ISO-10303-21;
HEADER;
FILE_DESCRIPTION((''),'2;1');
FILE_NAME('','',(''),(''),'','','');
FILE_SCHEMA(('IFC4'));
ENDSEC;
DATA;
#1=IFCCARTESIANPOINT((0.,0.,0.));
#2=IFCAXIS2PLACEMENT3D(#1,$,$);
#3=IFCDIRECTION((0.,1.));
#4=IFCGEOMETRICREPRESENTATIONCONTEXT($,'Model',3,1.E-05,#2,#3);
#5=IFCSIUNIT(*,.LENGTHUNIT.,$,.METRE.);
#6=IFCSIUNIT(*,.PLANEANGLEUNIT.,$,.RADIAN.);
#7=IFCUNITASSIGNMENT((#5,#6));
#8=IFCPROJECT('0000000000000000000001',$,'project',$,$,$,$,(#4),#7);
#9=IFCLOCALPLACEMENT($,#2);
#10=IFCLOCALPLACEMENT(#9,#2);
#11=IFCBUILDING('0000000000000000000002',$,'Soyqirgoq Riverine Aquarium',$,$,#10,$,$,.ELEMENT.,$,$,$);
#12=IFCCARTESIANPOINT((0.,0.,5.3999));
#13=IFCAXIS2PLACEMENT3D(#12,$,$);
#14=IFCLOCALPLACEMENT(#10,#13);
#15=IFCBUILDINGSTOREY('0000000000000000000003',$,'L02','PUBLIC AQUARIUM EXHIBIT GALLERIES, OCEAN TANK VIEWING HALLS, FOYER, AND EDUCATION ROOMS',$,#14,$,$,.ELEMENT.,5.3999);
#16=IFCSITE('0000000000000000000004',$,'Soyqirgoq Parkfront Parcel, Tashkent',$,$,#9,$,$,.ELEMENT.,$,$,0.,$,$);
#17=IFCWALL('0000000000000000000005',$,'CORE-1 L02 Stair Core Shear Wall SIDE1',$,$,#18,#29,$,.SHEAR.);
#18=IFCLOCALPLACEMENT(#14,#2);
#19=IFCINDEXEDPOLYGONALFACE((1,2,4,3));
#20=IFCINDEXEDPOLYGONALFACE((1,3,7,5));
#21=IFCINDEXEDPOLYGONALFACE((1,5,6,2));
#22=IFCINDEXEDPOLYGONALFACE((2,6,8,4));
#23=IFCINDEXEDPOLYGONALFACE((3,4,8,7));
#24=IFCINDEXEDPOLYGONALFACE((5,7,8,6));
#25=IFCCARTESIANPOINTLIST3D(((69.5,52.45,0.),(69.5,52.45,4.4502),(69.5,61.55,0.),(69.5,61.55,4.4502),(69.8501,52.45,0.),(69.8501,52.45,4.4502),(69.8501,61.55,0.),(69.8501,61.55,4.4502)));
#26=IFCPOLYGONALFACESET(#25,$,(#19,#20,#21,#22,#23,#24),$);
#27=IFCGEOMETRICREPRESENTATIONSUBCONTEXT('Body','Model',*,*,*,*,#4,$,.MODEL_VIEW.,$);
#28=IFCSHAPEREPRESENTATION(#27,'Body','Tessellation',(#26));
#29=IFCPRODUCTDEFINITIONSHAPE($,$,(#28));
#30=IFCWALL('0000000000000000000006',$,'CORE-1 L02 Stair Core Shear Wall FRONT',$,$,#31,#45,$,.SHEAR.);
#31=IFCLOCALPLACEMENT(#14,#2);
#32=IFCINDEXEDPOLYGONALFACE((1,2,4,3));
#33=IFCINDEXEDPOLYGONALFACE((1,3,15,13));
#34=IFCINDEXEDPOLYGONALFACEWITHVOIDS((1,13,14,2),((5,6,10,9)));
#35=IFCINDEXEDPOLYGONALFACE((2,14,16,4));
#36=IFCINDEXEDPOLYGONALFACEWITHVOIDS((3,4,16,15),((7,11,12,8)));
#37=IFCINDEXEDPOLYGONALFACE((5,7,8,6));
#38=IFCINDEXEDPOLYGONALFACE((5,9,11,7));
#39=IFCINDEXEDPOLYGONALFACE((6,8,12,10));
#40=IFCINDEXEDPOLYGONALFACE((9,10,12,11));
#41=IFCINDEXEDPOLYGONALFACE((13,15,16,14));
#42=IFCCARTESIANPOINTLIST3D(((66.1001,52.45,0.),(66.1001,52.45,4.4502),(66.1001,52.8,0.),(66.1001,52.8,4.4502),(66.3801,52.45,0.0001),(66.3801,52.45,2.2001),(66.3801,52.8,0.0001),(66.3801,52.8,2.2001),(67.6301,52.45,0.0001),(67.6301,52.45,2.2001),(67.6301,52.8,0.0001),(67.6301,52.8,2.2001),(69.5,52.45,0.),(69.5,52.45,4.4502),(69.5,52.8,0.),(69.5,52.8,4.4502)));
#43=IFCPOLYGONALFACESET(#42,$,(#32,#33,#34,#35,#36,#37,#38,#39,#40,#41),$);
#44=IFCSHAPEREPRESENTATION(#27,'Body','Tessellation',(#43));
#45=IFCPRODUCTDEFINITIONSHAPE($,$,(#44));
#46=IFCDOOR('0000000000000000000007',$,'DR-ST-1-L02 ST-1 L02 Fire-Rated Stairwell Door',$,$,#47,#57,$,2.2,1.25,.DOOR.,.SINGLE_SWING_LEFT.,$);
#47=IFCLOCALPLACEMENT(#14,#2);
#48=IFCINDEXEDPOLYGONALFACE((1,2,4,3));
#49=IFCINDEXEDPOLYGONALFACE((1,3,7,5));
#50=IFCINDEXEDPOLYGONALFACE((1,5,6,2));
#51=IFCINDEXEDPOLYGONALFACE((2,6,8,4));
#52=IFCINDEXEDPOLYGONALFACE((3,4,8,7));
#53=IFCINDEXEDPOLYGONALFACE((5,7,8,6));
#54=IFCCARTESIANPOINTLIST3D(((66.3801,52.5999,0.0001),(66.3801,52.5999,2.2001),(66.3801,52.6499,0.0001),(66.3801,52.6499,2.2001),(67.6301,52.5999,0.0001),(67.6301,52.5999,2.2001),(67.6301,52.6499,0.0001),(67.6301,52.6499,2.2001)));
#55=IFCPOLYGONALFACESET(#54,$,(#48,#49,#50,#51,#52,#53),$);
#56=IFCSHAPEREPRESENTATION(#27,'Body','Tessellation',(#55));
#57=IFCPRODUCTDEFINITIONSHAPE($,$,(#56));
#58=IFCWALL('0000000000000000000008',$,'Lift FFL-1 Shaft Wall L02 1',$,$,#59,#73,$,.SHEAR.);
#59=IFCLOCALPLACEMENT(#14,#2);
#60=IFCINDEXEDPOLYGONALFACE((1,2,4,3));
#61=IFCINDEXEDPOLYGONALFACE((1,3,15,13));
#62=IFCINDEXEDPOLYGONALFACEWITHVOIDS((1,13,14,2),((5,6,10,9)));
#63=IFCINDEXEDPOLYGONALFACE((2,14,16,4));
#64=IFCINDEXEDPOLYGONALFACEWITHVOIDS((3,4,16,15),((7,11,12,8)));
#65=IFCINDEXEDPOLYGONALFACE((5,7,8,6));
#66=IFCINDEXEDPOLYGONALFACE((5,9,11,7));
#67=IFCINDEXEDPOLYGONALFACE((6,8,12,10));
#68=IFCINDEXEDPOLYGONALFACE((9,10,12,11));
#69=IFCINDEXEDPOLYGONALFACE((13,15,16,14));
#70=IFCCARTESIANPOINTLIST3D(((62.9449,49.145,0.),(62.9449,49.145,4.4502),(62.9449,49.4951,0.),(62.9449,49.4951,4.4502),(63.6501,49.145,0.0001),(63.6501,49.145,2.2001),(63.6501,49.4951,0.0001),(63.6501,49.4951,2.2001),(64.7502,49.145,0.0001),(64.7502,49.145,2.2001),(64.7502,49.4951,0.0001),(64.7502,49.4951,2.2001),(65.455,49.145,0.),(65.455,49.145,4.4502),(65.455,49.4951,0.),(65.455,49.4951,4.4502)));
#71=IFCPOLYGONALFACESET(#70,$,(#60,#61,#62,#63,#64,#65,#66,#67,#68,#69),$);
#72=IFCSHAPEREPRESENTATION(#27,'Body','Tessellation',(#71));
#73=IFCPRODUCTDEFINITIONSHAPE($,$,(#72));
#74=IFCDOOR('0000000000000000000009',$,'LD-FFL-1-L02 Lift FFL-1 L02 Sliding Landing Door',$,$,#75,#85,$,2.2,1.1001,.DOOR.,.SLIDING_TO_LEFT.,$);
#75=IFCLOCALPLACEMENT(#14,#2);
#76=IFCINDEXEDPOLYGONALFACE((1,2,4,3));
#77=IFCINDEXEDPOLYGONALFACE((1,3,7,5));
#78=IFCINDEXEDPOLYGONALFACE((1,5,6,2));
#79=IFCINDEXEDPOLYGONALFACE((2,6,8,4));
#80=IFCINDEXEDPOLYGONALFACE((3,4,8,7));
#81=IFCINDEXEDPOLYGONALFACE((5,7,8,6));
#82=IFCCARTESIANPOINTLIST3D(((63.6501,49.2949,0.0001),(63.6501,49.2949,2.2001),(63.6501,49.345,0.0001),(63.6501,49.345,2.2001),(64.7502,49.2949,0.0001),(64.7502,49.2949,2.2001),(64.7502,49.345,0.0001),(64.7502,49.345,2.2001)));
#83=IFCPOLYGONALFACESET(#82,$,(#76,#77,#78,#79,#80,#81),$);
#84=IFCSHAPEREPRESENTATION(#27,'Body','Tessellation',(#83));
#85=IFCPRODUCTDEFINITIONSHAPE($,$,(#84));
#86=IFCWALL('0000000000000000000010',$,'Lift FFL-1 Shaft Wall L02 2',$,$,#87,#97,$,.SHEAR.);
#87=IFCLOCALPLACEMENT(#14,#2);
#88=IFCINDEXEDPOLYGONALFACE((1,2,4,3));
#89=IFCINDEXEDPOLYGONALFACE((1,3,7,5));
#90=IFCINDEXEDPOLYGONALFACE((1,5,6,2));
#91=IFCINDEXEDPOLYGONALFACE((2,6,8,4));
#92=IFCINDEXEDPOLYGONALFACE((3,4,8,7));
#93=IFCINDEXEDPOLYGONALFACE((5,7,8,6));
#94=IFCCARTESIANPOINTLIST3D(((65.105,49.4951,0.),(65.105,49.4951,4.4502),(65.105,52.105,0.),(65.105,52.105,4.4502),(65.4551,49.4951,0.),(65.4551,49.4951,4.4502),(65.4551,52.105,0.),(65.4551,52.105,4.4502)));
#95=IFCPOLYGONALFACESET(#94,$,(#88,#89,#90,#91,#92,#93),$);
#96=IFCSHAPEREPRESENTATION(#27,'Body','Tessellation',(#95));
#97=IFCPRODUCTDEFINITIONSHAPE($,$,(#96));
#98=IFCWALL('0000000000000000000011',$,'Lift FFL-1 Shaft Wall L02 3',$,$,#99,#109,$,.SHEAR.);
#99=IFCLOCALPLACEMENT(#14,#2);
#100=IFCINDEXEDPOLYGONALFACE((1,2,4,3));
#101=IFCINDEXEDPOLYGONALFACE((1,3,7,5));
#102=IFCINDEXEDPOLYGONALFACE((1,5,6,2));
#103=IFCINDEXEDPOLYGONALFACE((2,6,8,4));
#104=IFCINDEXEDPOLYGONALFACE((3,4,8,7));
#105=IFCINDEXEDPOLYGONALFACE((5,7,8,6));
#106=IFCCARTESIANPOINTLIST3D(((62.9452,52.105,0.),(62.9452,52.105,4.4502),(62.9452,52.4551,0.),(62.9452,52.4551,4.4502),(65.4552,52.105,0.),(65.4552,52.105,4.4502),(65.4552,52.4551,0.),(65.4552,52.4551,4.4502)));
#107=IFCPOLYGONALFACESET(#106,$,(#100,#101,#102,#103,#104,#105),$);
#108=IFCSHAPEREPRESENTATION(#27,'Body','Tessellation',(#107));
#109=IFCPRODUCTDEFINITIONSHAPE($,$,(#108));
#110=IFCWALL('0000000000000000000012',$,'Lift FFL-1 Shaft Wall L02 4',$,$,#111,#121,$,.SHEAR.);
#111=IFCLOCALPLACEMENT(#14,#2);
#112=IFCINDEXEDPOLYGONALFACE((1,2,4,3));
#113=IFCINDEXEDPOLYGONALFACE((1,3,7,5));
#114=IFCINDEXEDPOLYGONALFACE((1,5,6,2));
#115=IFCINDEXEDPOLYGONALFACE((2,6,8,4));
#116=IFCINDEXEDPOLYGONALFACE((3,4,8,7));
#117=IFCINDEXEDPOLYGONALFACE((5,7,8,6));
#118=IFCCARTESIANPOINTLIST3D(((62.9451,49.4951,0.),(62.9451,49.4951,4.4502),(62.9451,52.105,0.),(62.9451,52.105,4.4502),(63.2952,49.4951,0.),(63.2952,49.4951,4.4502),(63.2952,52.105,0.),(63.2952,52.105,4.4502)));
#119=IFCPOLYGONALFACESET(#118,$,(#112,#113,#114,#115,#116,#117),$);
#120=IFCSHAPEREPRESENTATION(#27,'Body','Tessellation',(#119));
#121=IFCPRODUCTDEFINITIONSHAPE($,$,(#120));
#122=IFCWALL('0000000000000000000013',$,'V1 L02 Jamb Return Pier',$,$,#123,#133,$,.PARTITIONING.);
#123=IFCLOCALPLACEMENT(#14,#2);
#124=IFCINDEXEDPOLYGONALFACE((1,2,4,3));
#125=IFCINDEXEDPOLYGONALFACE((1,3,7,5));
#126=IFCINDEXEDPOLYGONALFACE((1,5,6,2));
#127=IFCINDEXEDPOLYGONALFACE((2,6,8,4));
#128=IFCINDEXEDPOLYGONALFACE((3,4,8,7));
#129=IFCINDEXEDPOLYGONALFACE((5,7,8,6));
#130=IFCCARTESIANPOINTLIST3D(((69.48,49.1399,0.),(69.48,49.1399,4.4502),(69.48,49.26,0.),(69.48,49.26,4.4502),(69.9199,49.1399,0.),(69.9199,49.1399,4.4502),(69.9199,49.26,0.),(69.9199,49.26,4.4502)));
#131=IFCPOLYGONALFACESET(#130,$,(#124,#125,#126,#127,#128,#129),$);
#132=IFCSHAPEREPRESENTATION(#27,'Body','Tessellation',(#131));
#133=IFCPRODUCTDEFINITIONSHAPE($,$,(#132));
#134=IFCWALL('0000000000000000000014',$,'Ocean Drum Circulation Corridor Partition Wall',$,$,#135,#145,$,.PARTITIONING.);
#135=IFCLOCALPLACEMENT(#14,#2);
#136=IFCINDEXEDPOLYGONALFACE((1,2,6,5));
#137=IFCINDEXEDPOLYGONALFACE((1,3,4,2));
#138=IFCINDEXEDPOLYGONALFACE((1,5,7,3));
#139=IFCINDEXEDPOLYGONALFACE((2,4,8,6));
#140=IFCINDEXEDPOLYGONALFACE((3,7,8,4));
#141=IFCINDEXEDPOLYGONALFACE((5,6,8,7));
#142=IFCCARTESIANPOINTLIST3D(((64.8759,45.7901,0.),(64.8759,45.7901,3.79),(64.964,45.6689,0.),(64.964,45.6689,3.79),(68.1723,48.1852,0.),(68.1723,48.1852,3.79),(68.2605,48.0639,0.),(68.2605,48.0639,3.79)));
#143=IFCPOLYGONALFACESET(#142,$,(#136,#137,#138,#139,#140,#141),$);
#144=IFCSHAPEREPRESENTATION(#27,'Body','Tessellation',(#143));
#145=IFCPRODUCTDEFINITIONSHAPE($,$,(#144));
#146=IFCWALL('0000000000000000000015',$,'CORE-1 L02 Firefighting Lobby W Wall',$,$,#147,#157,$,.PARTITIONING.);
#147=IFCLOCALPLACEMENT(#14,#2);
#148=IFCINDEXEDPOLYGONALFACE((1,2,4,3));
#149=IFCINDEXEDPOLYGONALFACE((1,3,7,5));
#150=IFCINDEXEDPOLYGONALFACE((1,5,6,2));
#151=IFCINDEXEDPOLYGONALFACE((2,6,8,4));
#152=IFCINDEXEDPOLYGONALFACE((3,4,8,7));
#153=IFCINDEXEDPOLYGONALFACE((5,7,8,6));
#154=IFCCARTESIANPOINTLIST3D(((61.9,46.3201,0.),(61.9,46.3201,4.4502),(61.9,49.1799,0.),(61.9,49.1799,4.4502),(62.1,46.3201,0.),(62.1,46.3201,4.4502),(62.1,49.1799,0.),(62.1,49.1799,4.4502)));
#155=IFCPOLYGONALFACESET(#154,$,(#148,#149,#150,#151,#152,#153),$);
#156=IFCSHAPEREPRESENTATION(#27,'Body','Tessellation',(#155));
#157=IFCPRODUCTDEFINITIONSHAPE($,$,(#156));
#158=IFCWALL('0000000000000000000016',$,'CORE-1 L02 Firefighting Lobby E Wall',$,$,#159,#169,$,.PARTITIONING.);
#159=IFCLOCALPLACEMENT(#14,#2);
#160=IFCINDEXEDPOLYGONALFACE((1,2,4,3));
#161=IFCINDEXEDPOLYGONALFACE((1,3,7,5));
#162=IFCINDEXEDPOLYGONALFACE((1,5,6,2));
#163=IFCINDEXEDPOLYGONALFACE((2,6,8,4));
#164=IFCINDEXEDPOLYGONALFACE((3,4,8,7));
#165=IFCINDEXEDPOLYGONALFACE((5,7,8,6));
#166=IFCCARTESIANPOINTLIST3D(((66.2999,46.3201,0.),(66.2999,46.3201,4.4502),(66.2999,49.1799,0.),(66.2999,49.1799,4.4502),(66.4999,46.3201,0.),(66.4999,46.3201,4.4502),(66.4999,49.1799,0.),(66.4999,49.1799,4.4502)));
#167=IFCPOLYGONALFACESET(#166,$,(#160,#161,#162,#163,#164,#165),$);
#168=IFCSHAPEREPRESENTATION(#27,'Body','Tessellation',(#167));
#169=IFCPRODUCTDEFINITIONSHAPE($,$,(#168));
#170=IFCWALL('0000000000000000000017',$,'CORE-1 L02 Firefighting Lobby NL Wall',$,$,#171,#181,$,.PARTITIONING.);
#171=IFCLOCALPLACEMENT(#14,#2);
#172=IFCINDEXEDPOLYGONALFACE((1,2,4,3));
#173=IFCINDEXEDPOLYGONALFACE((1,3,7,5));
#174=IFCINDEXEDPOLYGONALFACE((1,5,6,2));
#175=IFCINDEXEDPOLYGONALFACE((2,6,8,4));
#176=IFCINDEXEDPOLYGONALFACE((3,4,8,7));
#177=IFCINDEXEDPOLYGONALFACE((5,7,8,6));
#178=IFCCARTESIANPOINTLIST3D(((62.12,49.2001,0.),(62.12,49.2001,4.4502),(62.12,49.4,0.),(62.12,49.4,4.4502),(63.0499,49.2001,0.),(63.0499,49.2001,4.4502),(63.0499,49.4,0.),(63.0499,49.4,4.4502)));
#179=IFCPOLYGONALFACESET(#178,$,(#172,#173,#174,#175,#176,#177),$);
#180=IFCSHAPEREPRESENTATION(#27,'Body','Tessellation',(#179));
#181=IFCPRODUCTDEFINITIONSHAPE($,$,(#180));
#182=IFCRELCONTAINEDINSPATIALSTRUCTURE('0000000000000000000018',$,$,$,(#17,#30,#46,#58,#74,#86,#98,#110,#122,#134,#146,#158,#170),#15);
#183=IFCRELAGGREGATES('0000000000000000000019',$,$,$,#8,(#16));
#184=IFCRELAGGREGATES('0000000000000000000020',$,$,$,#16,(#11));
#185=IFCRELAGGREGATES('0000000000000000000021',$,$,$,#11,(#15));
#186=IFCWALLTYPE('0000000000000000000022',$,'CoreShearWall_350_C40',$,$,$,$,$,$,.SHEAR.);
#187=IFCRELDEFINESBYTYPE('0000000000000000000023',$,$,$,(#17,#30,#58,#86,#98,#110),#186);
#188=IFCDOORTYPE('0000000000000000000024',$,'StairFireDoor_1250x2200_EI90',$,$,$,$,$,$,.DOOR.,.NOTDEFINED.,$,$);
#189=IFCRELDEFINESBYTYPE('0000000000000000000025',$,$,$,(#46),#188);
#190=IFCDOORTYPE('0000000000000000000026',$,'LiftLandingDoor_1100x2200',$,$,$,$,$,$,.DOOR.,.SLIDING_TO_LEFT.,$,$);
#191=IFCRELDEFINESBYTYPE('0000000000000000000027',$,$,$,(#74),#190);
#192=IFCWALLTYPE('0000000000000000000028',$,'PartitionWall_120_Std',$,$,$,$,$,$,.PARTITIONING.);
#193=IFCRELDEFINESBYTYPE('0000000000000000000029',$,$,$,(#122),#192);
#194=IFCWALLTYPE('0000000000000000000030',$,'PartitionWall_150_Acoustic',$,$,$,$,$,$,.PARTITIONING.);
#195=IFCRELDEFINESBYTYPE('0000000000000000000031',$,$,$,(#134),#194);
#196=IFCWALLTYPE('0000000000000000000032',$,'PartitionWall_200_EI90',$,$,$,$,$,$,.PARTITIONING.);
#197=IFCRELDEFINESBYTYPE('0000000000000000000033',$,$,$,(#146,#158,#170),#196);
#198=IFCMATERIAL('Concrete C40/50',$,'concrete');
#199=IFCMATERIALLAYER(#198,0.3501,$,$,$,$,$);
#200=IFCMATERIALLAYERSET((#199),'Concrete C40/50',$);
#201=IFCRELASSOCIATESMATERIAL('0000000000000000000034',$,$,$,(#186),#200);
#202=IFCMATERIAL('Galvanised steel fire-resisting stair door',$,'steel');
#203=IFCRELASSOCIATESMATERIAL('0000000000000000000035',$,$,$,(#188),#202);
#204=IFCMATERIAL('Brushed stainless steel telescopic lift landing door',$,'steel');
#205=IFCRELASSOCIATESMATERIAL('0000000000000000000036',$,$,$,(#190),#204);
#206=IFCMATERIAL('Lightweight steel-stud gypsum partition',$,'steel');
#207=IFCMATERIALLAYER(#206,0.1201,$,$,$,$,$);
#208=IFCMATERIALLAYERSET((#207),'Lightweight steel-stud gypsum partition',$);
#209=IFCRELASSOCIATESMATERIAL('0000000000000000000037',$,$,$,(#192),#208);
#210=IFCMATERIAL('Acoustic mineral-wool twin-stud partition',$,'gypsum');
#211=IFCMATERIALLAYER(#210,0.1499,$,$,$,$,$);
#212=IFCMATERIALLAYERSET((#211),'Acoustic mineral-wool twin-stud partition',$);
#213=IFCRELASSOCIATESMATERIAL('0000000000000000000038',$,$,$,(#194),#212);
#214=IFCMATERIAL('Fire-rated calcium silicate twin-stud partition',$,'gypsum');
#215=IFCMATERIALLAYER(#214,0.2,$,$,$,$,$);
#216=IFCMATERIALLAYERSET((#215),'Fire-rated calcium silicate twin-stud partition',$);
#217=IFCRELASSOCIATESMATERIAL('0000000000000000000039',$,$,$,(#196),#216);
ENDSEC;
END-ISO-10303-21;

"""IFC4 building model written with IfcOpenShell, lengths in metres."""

from ifc_helpers import new_model, si_unit, direction, frame, frame_2d, origin, place, context, subcontext, project, spatial, rectangle, extrude, material, layer, layer_set, type_object, element, fill, save


model = new_model("IFC4")

# Units and contexts
model_context = context("Model", 3, precision=1e-05, world=origin(), true_north=direction((0.0, 1.0)))
body_context = subcontext(model_context, "Body", "Model", "MODEL_VIEW")
ifc_project = project(units=[si_unit("LENGTHUNIT", "METRE"), si_unit("PLANEANGLEUNIT", "RADIAN")], contexts=[model_context])

# Site, building, storey
site_placement = place(None, origin())
site = spatial("IfcSite", under=ifc_project, at=site_placement, Name="Soyqirgoq Parkfront Parcel, Tashkent", CompositionType="ELEMENT", RefElevation=0.0)
building_placement = place(site_placement, origin())
building = spatial("IfcBuilding", under=site, at=building_placement, Name="Soyqirgoq Riverine Aquarium", CompositionType="ELEMENT")
storey_placement = place(building_placement, frame((0.0, 0.0, 5.3999)))
storey = spatial("IfcBuildingStorey", under=building, at=storey_placement, Name="L02", Description="PUBLIC AQUARIUM EXHIBIT GALLERIES, OCEAN TANK VIEWING HALLS, FOYER, AND EDUCATION ROOMS", CompositionType="ELEMENT", Elevation=5.3999)

# Wall
ifc_material_1 = material(Name="Concrete C40/50", Category="concrete")
ifc_layer_1 = layer(ifc_material_1, 0.3501)
ifc_layer_set_1 = layer_set([ifc_layer_1], Name="Concrete C40/50")
wall_type_1 = type_object("IfcWallType", Name="CoreShearWall_350_C40", PredefinedType="SHEAR", material=ifc_layer_set_1)
wall_1_placement = place(storey_placement, frame((69.675, 52.45, 0.0), z_axis=(0.0, 0.0, 1.0), x_axis=(0.0, 1.0, 0.0)))
element("IfcWall", 1, at=wall_1_placement, inside=storey, type_object=wall_type_1, Name="CORE-1 L02 Stair Core Shear Wall SIDE1", PredefinedType="SHEAR", context=body_context, shape_type="SweptSolid", body=[
    extrude(rectangle(XDim=9.1001, YDim=0.3501, at=frame_2d((4.55, 0.0))), origin(), (0.0, 0.0, 1.0), 4.4502),
])

# Walls, openings, doors
wall_2_placement = place(storey_placement, frame((66.1001, 52.625, 0.0), z_axis=(0.0, 0.0, 1.0), x_axis=(1.0, 0.0, 0.0)))
wall_2 = element("IfcWall", 2, at=wall_2_placement, inside=storey, type_object=wall_type_1, Name="CORE-1 L02 Stair Core Shear Wall FRONT", PredefinedType="SHEAR", context=body_context, shape_type="SweptSolid", body=[
    extrude(rectangle(XDim=3.3999, YDim=0.3501, at=frame_2d((1.7, 0.0))), origin(), (0.0, 0.0, 1.0), 4.4502),
])
opening_1_placement = place(wall_2_placement, frame((0.28, 0.0, 0.0)))
opening_1 = element("IfcOpeningElement", 3, at=opening_1_placement, cuts=wall_2, PredefinedType="OPENING", context=body_context, shape_type="SweptSolid", body=[
    extrude(rectangle(XDim=1.25, YDim=2.2, at=frame_2d((0.625, 1.1001))), frame((0.0, 0.1851, 0.0), z_axis=(0.0, -1.0, 0.0), x_axis=(1.0, 0.0, 0.0)), (0.0, 0.0, 1.0), 0.3701),
])
ifc_material_2 = material(Name="Galvanised steel fire-resisting stair door", Category="steel")
door_type_1 = type_object("IfcDoorType", Name="StairFireDoor_1250x2200_EI90", OperationType="NOTDEFINED", PredefinedType="DOOR", material=ifc_material_2)
door_1_placement = place(opening_1_placement, origin())
door_1 = element("IfcDoor", 4, at=door_1_placement, inside=storey, type_object=door_type_1, Name="DR-ST-1-L02 ST-1 L02 Fire-Rated Stairwell Door", OperationType="SINGLE_SWING_LEFT", OverallHeight=2.2, OverallWidth=1.25, PredefinedType="DOOR", context=body_context, shape_type="SweptSolid", body=[
    extrude(rectangle(XDim=1.25, YDim=2.2, at=frame_2d((0.625, 1.1001))), frame((0.0, 0.0249, 0.0), z_axis=(0.0, -1.0, 0.0), x_axis=(1.0, 0.0, 0.0)), (0.0, 0.0, 1.0), 0.05),
])
fill(opening_1, door_1)
wall_3_placement = place(storey_placement, frame((62.9451, 49.3201, 0.0), z_axis=(0.0, 0.0, 1.0), x_axis=(1.0, 0.0, 0.0)))
wall_3 = element("IfcWall", 5, at=wall_3_placement, inside=storey, type_object=wall_type_1, Name="Lift FFL-1 Shaft Wall L02 1", PredefinedType="SHEAR", context=body_context, shape_type="SweptSolid", body=[
    extrude(rectangle(XDim=2.51, YDim=0.3501, at=frame_2d((1.2549, 0.0))), origin(), (0.0, 0.0, 1.0), 4.4502),
])
opening_2_placement = place(wall_3_placement, frame((0.7051, 0.0, 0.0)))
opening_2 = element("IfcOpeningElement", 6, at=opening_2_placement, cuts=wall_3, PredefinedType="OPENING", context=body_context, shape_type="SweptSolid", body=[
    extrude(rectangle(XDim=1.1001, YDim=2.2, at=frame_2d((0.55, 1.1001))), frame((0.0, 0.1851, 0.0), z_axis=(0.0, -1.0, 0.0), x_axis=(1.0, 0.0, 0.0)), (0.0, 0.0, 1.0), 0.3701),
])
ifc_material_3 = material(Name="Brushed stainless steel telescopic lift landing door", Category="steel")
door_type_2 = type_object("IfcDoorType", Name="LiftLandingDoor_1100x2200", OperationType="SLIDING_TO_LEFT", PredefinedType="DOOR", material=ifc_material_3)
door_2_placement = place(opening_2_placement, origin())
door_2 = element("IfcDoor", 7, at=door_2_placement, inside=storey, type_object=door_type_2, Name="LD-FFL-1-L02 Lift FFL-1 L02 Sliding Landing Door", OperationType="SLIDING_TO_LEFT", OverallHeight=2.2, OverallWidth=1.1001, PredefinedType="DOOR", context=body_context, shape_type="SweptSolid", body=[
    extrude(rectangle(XDim=1.1001, YDim=2.2, at=frame_2d((0.55, 1.1001))), frame((0.0, 0.0249, 0.0), z_axis=(0.0, -1.0, 0.0), x_axis=(1.0, 0.0, 0.0)), (0.0, 0.0, 1.0), 0.05),
])
fill(opening_2, door_2)

# Walls
wall_4_placement = place(storey_placement, frame((65.28, 49.4951, 0.0), z_axis=(0.0, 0.0, 1.0), x_axis=(0.0, 1.0, 0.0)))
element("IfcWall", 8, at=wall_4_placement, inside=storey, type_object=wall_type_1, Name="Lift FFL-1 Shaft Wall L02 2", PredefinedType="SHEAR", context=body_context, shape_type="SweptSolid", body=[
    extrude(rectangle(XDim=2.6099, YDim=0.3501, at=frame_2d((1.3049, 0.0))), origin(), (0.0, 0.0, 1.0), 4.4502),
])
wall_5_placement = place(storey_placement, frame((65.4551, 52.28, 0.0), z_axis=(0.0, 0.0, 1.0), x_axis=(-1.0, 0.0, 0.0)))
element("IfcWall", 9, at=wall_5_placement, inside=storey, type_object=wall_type_1, Name="Lift FFL-1 Shaft Wall L02 3", PredefinedType="SHEAR", context=body_context, shape_type="SweptSolid", body=[
    extrude(rectangle(XDim=2.51, YDim=0.3501, at=frame_2d((1.2549, 0.0))), origin(), (0.0, 0.0, 1.0), 4.4502),
])
wall_6_placement = place(storey_placement, frame((63.1201, 52.105, 0.0), z_axis=(0.0, 0.0, 1.0), x_axis=(0.0, -1.0, 0.0)))
element("IfcWall", 10, at=wall_6_placement, inside=storey, type_object=wall_type_1, Name="Lift FFL-1 Shaft Wall L02 4", PredefinedType="SHEAR", context=body_context, shape_type="SweptSolid", body=[
    extrude(rectangle(XDim=2.6099, YDim=0.3501, at=frame_2d((1.3049, 0.0))), origin(), (0.0, 0.0, 1.0), 4.4502),
])
ifc_material_4 = material(Name="Lightweight steel-stud gypsum partition", Category="steel")
ifc_layer_2 = layer(ifc_material_4, 0.1201)
ifc_layer_set_2 = layer_set([ifc_layer_2], Name="Lightweight steel-stud gypsum partition")
wall_type_2 = type_object("IfcWallType", Name="PartitionWall_120_Std", PredefinedType="PARTITIONING", material=ifc_layer_set_2)
wall_7_placement = place(storey_placement, frame((69.9199, 49.2, 0.0), z_axis=(0.0, 0.0, 1.0), x_axis=(-1.0, 0.0, 0.0)))
element("IfcWall", 11, at=wall_7_placement, inside=storey, type_object=wall_type_2, Name="V1 L02 Jamb Return Pier", PredefinedType="PARTITIONING", context=body_context, shape_type="SweptSolid", body=[
    extrude(rectangle(XDim=0.4399, YDim=0.1201, at=frame_2d((0.22, 0.0))), origin(), (0.0, 0.0, 1.0), 4.4502),
])
ifc_material_5 = material(Name="Acoustic mineral-wool twin-stud partition", Category="gypsum")
ifc_layer_3 = layer(ifc_material_5, 0.1499)
ifc_layer_set_3 = layer_set([ifc_layer_3], Name="Acoustic mineral-wool twin-stud partition")
wall_type_3 = type_object("IfcWallType", Name="PartitionWall_150_Acoustic", PredefinedType="PARTITIONING", material=ifc_layer_set_3)
wall_8_placement = place(storey_placement, frame((64.9199, 45.7295, 0.0), z_axis=(0.0, 0.0, 1.0), x_axis=(0.809011, 0.587794, 0.0)))
element("IfcWall", 12, at=wall_8_placement, inside=storey, type_object=wall_type_3, Name="Ocean Drum Circulation Corridor Partition Wall", PredefinedType="PARTITIONING", context=body_context, shape_type="SweptSolid", body=[
    extrude(rectangle(XDim=4.0747, YDim=0.1499, at=frame_2d((2.0374, 0.0))), origin(), (0.0, 0.0, 1.0), 3.79),
])

# Shared definitions
ifc_material_6 = material(Name="Fire-rated calcium silicate twin-stud partition", Category="gypsum")
ifc_layer_4 = layer(ifc_material_6, 0.2)
ifc_layer_set_4 = layer_set([ifc_layer_4], Name="Fire-rated calcium silicate twin-stud partition")
wall_type_4 = type_object("IfcWallType", Name="PartitionWall_200_EI90", PredefinedType="PARTITIONING", material=ifc_layer_set_4)

# Walls
for number, where, z_axis, x_axis, name in (
    (13, (62.0, 46.3201, 0.0), (0.0, 0.0, 1.0), (0.0, 1.0, 0.0), "CORE-1 L02 Firefighting Lobby W Wall"),
    (14, (66.3999, 46.3201, 0.0), (0.0, 0.0, 1.0), (0.0, 1.0, 0.0), "CORE-1 L02 Firefighting Lobby E Wall"),
):
    element("IfcWall", number, at=place(storey_placement, frame(where, z_axis=z_axis, x_axis=x_axis)), inside=storey, type_object=wall_type_4, Name=name, PredefinedType="PARTITIONING", context=body_context, shape_type="SweptSolid", body=[
        extrude(rectangle(XDim=2.8599, YDim=0.2, at=frame_2d((1.4299, 0.0))), origin(), (0.0, 0.0, 1.0), 4.4502),
    ])
for number, where, z_axis, x_axis, name in (
    (15, (62.1201, 49.3, 0.0), (0.0, 0.0, 1.0), (1.0, 0.0, 0.0), "CORE-1 L02 Firefighting Lobby NL Wall"),
):
    element("IfcWall", number, at=place(storey_placement, frame(where, z_axis=z_axis, x_axis=x_axis)), inside=storey, type_object=wall_type_4, Name=name, PredefinedType="PARTITIONING", context=body_context, shape_type="SweptSolid", body=[
        extrude(rectangle(XDim=0.9299, YDim=0.2, at=frame_2d((0.4648, 0.0))), origin(), (0.0, 0.0, 1.0), 4.4502),
    ])

save(model, "model.ifc")
